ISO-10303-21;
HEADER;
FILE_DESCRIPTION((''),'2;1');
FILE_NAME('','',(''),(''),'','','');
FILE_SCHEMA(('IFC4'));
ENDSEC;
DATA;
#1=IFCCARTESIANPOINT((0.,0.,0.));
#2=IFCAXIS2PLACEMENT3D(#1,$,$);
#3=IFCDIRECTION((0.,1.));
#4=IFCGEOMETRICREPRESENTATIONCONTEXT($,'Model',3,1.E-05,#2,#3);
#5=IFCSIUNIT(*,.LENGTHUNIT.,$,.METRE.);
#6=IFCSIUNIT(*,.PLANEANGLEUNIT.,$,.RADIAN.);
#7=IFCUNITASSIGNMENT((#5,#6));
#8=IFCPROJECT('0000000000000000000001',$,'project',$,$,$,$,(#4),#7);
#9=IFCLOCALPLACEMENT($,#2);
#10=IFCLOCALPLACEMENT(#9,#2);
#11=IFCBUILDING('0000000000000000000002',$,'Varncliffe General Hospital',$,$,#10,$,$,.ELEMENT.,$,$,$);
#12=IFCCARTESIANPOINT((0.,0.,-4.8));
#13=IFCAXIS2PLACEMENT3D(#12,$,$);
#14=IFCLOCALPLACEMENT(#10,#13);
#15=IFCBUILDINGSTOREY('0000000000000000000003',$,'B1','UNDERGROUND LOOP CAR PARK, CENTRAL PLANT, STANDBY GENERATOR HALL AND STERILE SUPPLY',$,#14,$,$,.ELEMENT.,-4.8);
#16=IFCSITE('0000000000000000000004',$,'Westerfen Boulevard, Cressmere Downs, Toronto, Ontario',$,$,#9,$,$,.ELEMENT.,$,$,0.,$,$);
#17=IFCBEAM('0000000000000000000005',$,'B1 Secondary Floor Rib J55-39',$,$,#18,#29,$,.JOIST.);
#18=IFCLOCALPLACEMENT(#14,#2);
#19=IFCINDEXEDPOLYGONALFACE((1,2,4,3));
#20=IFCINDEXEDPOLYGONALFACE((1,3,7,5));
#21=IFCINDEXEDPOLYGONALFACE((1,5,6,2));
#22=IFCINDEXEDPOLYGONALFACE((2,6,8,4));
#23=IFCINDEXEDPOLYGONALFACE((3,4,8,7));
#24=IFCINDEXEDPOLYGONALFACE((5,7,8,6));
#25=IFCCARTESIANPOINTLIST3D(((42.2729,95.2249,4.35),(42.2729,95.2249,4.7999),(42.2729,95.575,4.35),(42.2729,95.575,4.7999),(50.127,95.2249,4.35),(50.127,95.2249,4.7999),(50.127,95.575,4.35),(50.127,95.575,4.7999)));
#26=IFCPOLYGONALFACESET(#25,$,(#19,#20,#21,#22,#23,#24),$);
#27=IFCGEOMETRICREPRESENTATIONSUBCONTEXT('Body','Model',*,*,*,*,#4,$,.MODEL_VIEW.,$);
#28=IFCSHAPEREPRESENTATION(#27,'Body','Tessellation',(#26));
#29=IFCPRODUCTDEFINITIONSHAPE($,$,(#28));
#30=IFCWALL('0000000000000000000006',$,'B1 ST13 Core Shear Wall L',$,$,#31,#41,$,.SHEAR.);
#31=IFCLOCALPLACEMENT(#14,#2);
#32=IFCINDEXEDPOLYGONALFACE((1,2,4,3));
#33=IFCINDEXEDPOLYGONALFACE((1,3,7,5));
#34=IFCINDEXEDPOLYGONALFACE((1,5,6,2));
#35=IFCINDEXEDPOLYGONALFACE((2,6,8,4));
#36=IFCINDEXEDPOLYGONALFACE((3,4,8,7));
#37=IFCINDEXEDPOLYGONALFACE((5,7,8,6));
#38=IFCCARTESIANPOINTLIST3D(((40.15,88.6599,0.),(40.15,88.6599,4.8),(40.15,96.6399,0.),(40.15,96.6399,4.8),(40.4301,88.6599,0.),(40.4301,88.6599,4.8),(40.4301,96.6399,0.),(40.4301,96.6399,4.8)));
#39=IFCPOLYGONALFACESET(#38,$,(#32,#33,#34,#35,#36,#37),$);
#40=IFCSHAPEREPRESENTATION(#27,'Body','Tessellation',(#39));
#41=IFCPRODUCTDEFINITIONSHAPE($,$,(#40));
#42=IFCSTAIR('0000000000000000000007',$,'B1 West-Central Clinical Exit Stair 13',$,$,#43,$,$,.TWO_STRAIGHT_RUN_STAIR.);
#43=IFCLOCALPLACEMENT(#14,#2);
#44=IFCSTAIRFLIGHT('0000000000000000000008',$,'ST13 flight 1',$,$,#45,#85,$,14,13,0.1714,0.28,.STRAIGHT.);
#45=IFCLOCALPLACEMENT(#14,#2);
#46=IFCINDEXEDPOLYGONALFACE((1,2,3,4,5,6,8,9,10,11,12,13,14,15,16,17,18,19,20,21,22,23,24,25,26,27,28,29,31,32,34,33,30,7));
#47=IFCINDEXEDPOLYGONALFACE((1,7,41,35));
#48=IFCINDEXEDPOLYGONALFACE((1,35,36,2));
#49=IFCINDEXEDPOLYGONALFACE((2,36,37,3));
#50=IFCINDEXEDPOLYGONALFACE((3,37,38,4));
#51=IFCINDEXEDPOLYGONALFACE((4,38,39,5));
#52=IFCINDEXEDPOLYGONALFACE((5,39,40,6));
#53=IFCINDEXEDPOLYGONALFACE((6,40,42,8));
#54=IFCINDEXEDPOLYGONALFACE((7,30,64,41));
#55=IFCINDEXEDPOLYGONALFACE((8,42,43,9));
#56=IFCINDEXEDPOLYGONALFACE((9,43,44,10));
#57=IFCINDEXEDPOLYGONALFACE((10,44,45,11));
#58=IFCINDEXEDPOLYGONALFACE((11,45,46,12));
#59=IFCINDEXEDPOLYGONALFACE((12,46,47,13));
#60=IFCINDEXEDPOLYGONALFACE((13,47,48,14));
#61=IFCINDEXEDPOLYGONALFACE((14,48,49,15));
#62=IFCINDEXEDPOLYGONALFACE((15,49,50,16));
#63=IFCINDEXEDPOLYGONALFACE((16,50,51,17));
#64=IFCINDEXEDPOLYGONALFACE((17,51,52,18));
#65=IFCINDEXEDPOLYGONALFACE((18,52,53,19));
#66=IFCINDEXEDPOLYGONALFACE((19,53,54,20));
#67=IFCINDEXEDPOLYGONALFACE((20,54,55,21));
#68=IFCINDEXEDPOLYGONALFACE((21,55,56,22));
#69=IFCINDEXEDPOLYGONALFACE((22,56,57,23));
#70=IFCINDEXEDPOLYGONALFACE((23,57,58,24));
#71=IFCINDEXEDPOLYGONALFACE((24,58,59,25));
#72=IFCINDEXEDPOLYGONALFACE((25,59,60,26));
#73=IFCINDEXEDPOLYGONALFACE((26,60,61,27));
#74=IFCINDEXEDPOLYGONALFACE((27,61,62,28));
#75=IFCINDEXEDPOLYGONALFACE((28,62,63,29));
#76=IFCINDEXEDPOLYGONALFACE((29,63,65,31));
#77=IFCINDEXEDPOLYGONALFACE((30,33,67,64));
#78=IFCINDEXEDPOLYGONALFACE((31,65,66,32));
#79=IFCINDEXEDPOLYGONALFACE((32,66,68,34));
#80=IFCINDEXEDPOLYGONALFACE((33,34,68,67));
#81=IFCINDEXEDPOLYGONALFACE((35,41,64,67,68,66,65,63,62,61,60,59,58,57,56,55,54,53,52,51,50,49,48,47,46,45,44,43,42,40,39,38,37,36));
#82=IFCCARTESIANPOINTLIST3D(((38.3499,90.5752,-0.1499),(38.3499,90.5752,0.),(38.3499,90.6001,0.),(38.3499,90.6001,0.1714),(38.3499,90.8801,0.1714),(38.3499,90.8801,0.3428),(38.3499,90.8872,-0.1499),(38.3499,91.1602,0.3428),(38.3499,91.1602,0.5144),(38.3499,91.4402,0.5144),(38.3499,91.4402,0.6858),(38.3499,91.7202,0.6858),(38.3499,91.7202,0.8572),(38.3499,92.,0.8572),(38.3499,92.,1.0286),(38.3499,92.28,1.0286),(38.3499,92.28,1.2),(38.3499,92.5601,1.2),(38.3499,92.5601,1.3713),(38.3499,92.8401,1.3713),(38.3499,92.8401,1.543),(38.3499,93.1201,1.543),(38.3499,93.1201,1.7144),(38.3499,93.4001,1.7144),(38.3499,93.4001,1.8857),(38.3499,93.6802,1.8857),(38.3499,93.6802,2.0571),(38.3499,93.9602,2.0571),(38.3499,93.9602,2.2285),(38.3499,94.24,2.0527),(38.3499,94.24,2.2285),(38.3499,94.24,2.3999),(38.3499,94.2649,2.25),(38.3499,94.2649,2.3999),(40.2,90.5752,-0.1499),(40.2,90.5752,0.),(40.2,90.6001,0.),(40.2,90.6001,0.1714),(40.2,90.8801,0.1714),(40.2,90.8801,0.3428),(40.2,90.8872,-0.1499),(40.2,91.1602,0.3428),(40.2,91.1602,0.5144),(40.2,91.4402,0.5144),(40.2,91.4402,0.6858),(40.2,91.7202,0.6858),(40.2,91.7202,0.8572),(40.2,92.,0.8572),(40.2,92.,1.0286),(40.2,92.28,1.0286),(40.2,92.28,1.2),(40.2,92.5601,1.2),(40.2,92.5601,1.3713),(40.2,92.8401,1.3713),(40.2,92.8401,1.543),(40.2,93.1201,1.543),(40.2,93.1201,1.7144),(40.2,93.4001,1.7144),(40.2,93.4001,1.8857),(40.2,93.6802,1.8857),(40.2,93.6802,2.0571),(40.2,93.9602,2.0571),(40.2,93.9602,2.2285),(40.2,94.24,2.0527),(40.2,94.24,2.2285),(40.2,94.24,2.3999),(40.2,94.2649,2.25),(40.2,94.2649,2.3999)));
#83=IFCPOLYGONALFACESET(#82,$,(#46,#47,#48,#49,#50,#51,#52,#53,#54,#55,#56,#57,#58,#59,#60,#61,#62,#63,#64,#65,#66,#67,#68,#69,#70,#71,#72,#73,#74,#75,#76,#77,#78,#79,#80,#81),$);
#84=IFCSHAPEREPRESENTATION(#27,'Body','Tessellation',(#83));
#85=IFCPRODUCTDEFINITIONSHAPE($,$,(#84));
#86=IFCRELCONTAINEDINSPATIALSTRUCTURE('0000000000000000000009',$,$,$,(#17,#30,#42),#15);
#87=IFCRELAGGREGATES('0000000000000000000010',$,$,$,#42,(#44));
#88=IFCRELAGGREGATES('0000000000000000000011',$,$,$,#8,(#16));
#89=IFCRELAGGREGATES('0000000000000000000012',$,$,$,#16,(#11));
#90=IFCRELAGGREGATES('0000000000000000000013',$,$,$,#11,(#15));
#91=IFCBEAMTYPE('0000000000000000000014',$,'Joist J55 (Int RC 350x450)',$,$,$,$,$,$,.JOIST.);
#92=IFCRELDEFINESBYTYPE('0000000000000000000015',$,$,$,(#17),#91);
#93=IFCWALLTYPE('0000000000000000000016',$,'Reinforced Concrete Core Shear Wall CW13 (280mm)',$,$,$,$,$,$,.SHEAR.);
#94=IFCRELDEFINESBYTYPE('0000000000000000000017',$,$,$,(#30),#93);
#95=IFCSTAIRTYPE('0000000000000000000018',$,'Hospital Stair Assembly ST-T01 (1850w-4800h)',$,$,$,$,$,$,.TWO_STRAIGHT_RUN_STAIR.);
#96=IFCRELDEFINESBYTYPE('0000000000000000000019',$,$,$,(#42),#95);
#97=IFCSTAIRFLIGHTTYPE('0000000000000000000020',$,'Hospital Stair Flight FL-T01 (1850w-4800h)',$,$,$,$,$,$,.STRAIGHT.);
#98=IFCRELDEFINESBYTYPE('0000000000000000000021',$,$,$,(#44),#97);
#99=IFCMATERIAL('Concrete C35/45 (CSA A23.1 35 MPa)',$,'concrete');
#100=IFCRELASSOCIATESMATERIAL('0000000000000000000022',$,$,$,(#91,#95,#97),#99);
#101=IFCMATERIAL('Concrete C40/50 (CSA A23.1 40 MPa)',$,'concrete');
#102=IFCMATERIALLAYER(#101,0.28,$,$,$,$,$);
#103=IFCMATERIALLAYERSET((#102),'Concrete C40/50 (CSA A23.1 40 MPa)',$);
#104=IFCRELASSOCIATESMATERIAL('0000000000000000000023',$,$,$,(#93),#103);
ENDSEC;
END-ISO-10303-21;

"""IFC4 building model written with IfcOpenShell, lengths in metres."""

from ifc_helpers import new_model, si_unit, direction, frame, frame_2d, origin, origin_2d, place, context, subcontext, project, spatial, polyline, rectangle, outline, extrude, material, layer, layer_set, material_profile, profile_set, type_object, element, aggregate, save


model = new_model("IFC4")

# Units and contexts
model_context = context("Model", 3, precision=1e-05, world=origin(), true_north=direction((0.0, 1.0)))
body_context = subcontext(model_context, "Body", "Model", "MODEL_VIEW")
ifc_project = project(units=[si_unit("LENGTHUNIT", "METRE"), si_unit("PLANEANGLEUNIT", "RADIAN")], contexts=[model_context])

# Site, building, storey
site_placement = place(None, origin())
site = spatial("IfcSite", under=ifc_project, at=site_placement, Name="Westerfen Boulevard, Cressmere Downs, Toronto, Ontario", CompositionType="ELEMENT", RefElevation=0.0)
building_placement = place(site_placement, origin())
building = spatial("IfcBuilding", under=site, at=building_placement, Name="Varncliffe General Hospital", CompositionType="ELEMENT")
storey_placement = place(building_placement, frame((0.0, 0.0, -4.8)))
storey = spatial("IfcBuildingStorey", under=building, at=storey_placement, Name="B1", Description="UNDERGROUND LOOP CAR PARK, CENTRAL PLANT, STANDBY GENERATOR HALL AND STERILE SUPPLY", CompositionType="ELEMENT", Elevation=-4.8)

# Shared definitions
ifc_material_1 = material(Name="Concrete C40/50 (CSA A23.1 40 MPa)", Category="concrete")

# Beam
ifc_material_2 = material(Name="Concrete C35/45 (CSA A23.1 35 MPa)", Category="concrete")
ifc_material_profile_1 = material_profile(ifc_material_2, rectangle(XDim=0.3501, YDim=0.45, at=origin_2d()), Name="RC 350x450")
ifc_profile_set_1 = profile_set([ifc_material_profile_1], Name="Concrete C35/45 (CSA A23.1 35 MPa)")
beam_type_1 = type_object("IfcBeamType", Name="Joist J55 (Int RC 350x450)", PredefinedType="JOIST", material=ifc_profile_set_1)
for number, where, z_axis, x_axis, name in (
    (1, (42.2729, 95.3999, 4.575), (1.0, 0.0, 0.0), (0.0, 1.0, 0.0), "B1 Secondary Floor Rib J55-39"),
):
    element("IfcBeam", number, at=place(storey_placement, frame(where, z_axis=z_axis, x_axis=x_axis)), inside=storey, type_object=beam_type_1, Name=name, PredefinedType="JOIST", context=body_context, shape_type="SweptSolid", body=[
        extrude(rectangle(XDim=0.3501, YDim=0.45, at=origin_2d()), origin(), (0.0, 0.0, 1.0), 7.854),
    ])

# Wall
ifc_layer = layer(ifc_material_1, 0.28)
ifc_layer_set = layer_set([ifc_layer], Name="Concrete C40/50 (CSA A23.1 40 MPa)")
wall_type = type_object("IfcWallType", Name="Reinforced Concrete Core Shear Wall CW13 (280mm)", PredefinedType="SHEAR", material=ifc_layer_set)
wall_placement = place(storey_placement, frame((40.29, 88.6599, 0.0), z_axis=(0.0, 0.0, 1.0), x_axis=(0.0, 1.0, 0.0)))
element("IfcWall", 2, at=wall_placement, inside=storey, type_object=wall_type, Name="B1 ST13 Core Shear Wall L", PredefinedType="SHEAR", context=body_context, shape_type="SweptSolid", body=[
    extrude(rectangle(XDim=7.98, YDim=0.28, at=frame_2d((3.99, 0.0))), origin(), (0.0, 0.0, 1.0), 4.8),
])

# Stair, stair flight
stair_type = type_object("IfcStairType", Name="Hospital Stair Assembly ST-T01 (1850w-4800h)", PredefinedType="TWO_STRAIGHT_RUN_STAIR", material=ifc_material_2)
stair_placement = place(storey_placement, origin())
stair = element("IfcStair", 3, at=stair_placement, inside=storey, type_object=stair_type, Name="B1 West-Central Clinical Exit Stair 13", PredefinedType="TWO_STRAIGHT_RUN_STAIR")
stair_flight_type = type_object("IfcStairFlightType", Name="Hospital Stair Flight FL-T01 (1850w-4800h)", PredefinedType="STRAIGHT", material=ifc_material_2)
stair_flight_placement = place(storey_placement, frame((39.2749, 90.6001, 0.0), z_axis=(0.0, 0.0, 1.0), x_axis=(0.0, 1.0, 0.0)))
stair_flight = element("IfcStairFlight", 4, at=stair_flight_placement, type_object=stair_flight_type, Name="ST13 flight 1", NumberOfRisers=14, NumberOfTreads=13, PredefinedType="STRAIGHT", RiserHeight=0.1714, TreadLength=0.28, context=body_context, shape_type="SweptSolid", body=[
    extrude(outline(polyline([(-0.0249, -0.1499), (-0.0249, 0.0), (0.0, 0.0), (0.0, 0.1714), (0.28, 0.1714), (0.28, 0.3428), (0.5601, 0.3428), (0.5601, 0.5144), (0.8401, 0.5144), (0.8401, 0.6858), (1.1201, 0.6858), (1.1201, 0.8572), (1.3999, 0.8572), (1.3999, 1.0286), (1.6799, 1.0286), (1.6799, 1.2), (1.96, 1.2), (1.96, 1.3713), (2.24, 1.3713), (2.24, 1.543), (2.52, 1.543), (2.52, 1.7144), (2.8, 1.7144), (2.8, 1.8857), (3.0801, 1.8857), (3.0801, 2.0571), (3.3601, 2.0571), (3.3601, 2.2285), (3.6399, 2.2285), (3.6399, 2.3999), (3.6648, 2.3999), (3.6648, 2.25), (3.6399, 2.0527), (0.2871, -0.1499), (-0.0249, -0.1499)])), frame((0.0, 0.925, 0.0), z_axis=(0.0, -1.0, 0.0), x_axis=(1.0, 0.0, 0.0)), (0.0, 0.0, 1.0), 1.8501),
])
aggregate(stair, [stair_flight])

save(model, "model.ifc")
